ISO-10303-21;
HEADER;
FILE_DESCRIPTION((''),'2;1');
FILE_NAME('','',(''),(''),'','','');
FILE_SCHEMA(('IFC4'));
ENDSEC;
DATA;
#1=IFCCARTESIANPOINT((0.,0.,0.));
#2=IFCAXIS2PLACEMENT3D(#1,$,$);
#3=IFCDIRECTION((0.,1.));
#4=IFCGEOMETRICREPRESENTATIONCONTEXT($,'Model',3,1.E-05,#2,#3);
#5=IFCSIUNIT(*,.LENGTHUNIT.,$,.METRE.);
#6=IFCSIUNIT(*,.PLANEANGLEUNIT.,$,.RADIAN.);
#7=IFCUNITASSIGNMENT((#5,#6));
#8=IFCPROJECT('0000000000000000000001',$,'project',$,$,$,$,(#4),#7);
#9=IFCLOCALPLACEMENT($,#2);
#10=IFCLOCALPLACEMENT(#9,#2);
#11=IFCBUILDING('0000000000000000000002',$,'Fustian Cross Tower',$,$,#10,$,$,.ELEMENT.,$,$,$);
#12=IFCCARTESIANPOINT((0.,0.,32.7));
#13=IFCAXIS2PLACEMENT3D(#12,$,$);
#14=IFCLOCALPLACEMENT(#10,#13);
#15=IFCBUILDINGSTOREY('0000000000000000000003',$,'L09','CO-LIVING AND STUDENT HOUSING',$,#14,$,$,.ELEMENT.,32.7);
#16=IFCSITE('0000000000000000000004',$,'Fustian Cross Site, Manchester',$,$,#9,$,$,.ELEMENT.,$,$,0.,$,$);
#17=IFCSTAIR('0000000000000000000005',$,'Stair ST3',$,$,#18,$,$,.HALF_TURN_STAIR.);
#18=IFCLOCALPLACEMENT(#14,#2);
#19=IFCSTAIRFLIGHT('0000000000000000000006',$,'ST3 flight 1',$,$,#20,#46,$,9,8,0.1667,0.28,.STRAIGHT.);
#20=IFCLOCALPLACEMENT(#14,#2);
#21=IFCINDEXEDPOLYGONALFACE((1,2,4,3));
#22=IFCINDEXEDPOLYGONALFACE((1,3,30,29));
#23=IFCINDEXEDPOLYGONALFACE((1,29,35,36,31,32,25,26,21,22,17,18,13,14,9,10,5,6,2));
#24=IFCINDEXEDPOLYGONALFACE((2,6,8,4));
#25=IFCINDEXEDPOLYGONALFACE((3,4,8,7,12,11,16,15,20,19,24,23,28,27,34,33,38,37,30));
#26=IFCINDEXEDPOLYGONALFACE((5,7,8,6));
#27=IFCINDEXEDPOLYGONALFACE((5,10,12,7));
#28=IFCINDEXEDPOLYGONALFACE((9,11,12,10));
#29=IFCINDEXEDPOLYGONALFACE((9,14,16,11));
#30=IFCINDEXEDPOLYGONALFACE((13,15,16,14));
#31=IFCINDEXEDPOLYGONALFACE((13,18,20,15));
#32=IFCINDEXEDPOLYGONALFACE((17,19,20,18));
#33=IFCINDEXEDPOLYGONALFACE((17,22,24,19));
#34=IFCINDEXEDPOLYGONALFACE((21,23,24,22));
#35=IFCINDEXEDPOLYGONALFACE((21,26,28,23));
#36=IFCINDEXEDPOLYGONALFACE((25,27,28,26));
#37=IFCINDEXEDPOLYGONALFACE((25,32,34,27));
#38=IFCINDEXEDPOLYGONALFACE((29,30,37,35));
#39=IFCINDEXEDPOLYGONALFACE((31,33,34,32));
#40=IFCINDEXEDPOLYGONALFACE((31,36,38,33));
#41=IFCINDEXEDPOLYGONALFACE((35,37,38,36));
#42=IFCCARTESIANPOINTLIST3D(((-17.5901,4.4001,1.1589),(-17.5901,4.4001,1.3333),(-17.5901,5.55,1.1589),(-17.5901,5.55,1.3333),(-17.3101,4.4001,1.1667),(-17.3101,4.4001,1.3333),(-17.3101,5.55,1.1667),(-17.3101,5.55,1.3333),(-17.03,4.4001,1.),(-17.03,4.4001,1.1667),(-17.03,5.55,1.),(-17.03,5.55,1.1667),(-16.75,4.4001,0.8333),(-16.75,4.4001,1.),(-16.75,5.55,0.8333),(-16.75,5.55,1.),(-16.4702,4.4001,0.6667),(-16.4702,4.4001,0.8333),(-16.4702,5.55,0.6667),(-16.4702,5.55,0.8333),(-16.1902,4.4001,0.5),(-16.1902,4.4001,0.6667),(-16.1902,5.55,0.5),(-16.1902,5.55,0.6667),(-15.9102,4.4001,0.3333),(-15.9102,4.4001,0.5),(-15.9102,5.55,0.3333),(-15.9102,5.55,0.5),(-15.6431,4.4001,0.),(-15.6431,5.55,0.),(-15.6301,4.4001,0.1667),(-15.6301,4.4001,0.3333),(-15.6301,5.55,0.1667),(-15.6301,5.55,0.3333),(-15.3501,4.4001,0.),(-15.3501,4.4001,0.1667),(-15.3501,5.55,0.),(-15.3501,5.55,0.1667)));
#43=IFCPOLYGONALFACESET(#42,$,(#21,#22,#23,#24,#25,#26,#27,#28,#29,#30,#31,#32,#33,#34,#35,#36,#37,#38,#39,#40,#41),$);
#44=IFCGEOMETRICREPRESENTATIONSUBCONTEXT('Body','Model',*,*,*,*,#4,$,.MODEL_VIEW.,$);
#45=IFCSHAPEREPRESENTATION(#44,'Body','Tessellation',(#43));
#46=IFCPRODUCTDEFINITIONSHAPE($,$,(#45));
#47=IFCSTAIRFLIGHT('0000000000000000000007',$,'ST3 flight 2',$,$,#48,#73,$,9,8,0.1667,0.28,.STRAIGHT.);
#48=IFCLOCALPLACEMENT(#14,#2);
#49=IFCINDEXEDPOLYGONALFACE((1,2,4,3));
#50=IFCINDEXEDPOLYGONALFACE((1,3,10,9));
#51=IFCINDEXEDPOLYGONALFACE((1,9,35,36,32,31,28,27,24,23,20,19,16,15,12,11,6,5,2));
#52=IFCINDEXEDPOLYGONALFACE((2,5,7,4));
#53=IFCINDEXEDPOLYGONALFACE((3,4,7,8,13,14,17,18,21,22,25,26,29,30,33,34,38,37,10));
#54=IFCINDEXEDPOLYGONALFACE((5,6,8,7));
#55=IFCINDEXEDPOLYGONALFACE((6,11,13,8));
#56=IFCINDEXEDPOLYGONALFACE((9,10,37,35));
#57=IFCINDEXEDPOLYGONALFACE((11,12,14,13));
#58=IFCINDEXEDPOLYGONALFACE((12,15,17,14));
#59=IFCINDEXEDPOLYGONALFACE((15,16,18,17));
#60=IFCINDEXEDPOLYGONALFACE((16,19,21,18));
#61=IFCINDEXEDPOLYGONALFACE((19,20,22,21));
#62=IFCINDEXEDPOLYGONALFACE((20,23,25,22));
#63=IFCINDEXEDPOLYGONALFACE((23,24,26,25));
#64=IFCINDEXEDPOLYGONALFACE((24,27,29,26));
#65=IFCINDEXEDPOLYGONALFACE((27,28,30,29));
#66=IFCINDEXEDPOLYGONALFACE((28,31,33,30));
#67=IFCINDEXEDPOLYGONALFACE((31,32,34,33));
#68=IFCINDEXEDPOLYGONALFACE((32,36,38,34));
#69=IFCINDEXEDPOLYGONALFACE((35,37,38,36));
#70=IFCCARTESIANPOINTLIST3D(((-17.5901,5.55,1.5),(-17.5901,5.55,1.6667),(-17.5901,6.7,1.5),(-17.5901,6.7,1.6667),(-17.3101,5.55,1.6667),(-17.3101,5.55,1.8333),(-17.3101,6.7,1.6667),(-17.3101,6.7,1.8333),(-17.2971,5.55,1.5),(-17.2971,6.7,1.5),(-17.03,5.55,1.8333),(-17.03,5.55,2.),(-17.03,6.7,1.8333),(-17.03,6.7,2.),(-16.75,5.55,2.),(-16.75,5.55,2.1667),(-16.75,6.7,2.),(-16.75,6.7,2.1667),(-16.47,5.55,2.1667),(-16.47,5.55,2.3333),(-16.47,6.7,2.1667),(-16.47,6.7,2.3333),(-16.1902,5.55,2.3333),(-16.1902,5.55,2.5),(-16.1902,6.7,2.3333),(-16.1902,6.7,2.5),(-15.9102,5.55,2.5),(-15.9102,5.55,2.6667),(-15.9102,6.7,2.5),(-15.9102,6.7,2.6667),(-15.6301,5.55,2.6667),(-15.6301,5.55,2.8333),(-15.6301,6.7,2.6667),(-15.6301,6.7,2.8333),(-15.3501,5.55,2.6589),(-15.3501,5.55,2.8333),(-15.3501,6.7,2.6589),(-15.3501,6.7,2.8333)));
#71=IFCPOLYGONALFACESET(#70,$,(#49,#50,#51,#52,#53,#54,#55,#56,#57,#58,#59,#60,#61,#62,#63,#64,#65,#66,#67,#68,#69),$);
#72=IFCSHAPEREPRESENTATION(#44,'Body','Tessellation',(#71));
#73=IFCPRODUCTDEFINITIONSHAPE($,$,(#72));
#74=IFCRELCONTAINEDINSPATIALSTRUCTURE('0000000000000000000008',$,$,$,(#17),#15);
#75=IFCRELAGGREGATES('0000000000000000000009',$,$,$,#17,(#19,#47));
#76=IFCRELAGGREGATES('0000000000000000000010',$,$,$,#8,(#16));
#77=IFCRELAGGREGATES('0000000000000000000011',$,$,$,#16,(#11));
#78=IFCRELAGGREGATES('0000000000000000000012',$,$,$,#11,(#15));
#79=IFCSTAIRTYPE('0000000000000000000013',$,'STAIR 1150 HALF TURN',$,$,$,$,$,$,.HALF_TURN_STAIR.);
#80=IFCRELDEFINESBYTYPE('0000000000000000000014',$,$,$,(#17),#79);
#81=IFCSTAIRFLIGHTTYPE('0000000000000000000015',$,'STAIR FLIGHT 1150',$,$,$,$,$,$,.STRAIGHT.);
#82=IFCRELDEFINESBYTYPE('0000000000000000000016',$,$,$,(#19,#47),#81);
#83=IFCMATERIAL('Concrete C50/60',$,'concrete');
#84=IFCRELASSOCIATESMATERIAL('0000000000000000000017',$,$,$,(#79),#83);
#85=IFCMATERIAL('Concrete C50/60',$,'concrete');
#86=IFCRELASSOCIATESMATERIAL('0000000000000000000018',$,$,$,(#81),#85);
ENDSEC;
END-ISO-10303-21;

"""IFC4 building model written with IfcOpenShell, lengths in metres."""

from ifc_helpers import new_model, si_unit, direction, frame, origin, place, context, subcontext, project, spatial, polyline, outline, extrude, material, type_object, element, aggregate, save


model = new_model("IFC4")

# Units and contexts
model_context = context("Model", 3, precision=1e-05, world=origin(), true_north=direction((0.0, 1.0)))
body_context = subcontext(model_context, "Body", "Model", "MODEL_VIEW")
ifc_project = project(units=[si_unit("LENGTHUNIT", "METRE"), si_unit("PLANEANGLEUNIT", "RADIAN")], contexts=[model_context])

# Site, building, storey
site_placement = place(None, origin())
site = spatial("IfcSite", under=ifc_project, at=site_placement, Name="Fustian Cross Site, Manchester", CompositionType="ELEMENT", RefElevation=0.0)
building_placement = place(site_placement, origin())
building = spatial("IfcBuilding", under=site, at=building_placement, Name="Fustian Cross Tower", CompositionType="ELEMENT")
storey_placement = place(building_placement, frame((0.0, 0.0, 32.7)))
storey = spatial("IfcBuildingStorey", under=building, at=storey_placement, Name="L09", Description="CO-LIVING AND STUDENT HOUSING", CompositionType="ELEMENT", Elevation=32.7)

# Stair, stair flights
ifc_material_1 = material(Name="Concrete C50/60", Category="concrete")
stair_type = type_object("IfcStairType", Name="STAIR 1150 HALF TURN", PredefinedType="HALF_TURN_STAIR", material=ifc_material_1)
stair_placement = place(storey_placement, origin())
stair = element("IfcStair", 1, at=stair_placement, inside=storey, type_object=stair_type, Name="Stair ST3", PredefinedType="HALF_TURN_STAIR")
ifc_material_2 = material(Name="Concrete C50/60", Category="concrete")
stair_flight_type = type_object("IfcStairFlightType", Name="STAIR FLIGHT 1150", PredefinedType="STRAIGHT", material=ifc_material_2)
stair_flight_1_placement = place(storey_placement, frame((-15.3501, 4.9751, 0.0), z_axis=(0.0, 0.0, 1.0), x_axis=(-1.0, 0.0, 0.0)))
stair_flight_1 = element("IfcStairFlight", 2, at=stair_flight_1_placement, type_object=stair_flight_type, Name="ST3 flight 1", NumberOfRisers=9, NumberOfTreads=8, PredefinedType="STRAIGHT", RiserHeight=0.1667, TreadLength=0.28, context=body_context, shape_type="SweptSolid", body=[
    extrude(outline(polyline([(0.0, 0.0), (0.0, 0.1667), (0.28, 0.1667), (0.28, 0.3333), (0.5601, 0.3333), (0.5601, 0.5), (0.8401, 0.5), (0.8401, 0.6667), (1.1201, 0.6667), (1.1201, 0.8333), (1.3999, 0.8333), (1.3999, 1.0), (1.6799, 1.0), (1.6799, 1.1667), (1.96, 1.1667), (1.96, 1.3333), (2.24, 1.3333), (2.24, 1.5), (2.24, 1.1589), (0.293, 0.0), (0.0, 0.0)])), frame((0.0, 0.575, 0.0), z_axis=(0.0, -1.0, 0.0), x_axis=(1.0, 0.0, 0.0)), (0.0, 0.0, 1.0), 1.1499),
])
stair_flight_2_placement = place(storey_placement, frame((-17.5901, 6.125, 1.5), z_axis=(0.0, 0.0, 1.0), x_axis=(1.0, 0.0, 0.0)))
stair_flight_2 = element("IfcStairFlight", 3, at=stair_flight_2_placement, type_object=stair_flight_type, Name="ST3 flight 2", NumberOfRisers=9, NumberOfTreads=8, PredefinedType="STRAIGHT", RiserHeight=0.1667, TreadLength=0.28, context=body_context, shape_type="SweptSolid", body=[
    extrude(outline(polyline([(0.0, 0.0), (0.0, 0.1667), (0.28, 0.1667), (0.28, 0.3333), (0.5601, 0.3333), (0.5601, 0.5), (0.8401, 0.5), (0.8401, 0.6667), (1.1201, 0.6667), (1.1201, 0.8333), (1.3999, 0.8333), (1.3999, 1.0), (1.6799, 1.0), (1.6799, 1.1667), (1.96, 1.1667), (1.96, 1.3333), (2.24, 1.3333), (2.24, 1.5), (2.24, 1.1589), (0.293, 0.0), (0.0, 0.0)])), frame((0.0, 0.575, 0.0), z_axis=(0.0, -1.0, 0.0), x_axis=(1.0, 0.0, 0.0)), (0.0, 0.0, 1.0), 1.1499),
])
aggregate(stair, [stair_flight_1, stair_flight_2])

save(model, "model.ifc")
